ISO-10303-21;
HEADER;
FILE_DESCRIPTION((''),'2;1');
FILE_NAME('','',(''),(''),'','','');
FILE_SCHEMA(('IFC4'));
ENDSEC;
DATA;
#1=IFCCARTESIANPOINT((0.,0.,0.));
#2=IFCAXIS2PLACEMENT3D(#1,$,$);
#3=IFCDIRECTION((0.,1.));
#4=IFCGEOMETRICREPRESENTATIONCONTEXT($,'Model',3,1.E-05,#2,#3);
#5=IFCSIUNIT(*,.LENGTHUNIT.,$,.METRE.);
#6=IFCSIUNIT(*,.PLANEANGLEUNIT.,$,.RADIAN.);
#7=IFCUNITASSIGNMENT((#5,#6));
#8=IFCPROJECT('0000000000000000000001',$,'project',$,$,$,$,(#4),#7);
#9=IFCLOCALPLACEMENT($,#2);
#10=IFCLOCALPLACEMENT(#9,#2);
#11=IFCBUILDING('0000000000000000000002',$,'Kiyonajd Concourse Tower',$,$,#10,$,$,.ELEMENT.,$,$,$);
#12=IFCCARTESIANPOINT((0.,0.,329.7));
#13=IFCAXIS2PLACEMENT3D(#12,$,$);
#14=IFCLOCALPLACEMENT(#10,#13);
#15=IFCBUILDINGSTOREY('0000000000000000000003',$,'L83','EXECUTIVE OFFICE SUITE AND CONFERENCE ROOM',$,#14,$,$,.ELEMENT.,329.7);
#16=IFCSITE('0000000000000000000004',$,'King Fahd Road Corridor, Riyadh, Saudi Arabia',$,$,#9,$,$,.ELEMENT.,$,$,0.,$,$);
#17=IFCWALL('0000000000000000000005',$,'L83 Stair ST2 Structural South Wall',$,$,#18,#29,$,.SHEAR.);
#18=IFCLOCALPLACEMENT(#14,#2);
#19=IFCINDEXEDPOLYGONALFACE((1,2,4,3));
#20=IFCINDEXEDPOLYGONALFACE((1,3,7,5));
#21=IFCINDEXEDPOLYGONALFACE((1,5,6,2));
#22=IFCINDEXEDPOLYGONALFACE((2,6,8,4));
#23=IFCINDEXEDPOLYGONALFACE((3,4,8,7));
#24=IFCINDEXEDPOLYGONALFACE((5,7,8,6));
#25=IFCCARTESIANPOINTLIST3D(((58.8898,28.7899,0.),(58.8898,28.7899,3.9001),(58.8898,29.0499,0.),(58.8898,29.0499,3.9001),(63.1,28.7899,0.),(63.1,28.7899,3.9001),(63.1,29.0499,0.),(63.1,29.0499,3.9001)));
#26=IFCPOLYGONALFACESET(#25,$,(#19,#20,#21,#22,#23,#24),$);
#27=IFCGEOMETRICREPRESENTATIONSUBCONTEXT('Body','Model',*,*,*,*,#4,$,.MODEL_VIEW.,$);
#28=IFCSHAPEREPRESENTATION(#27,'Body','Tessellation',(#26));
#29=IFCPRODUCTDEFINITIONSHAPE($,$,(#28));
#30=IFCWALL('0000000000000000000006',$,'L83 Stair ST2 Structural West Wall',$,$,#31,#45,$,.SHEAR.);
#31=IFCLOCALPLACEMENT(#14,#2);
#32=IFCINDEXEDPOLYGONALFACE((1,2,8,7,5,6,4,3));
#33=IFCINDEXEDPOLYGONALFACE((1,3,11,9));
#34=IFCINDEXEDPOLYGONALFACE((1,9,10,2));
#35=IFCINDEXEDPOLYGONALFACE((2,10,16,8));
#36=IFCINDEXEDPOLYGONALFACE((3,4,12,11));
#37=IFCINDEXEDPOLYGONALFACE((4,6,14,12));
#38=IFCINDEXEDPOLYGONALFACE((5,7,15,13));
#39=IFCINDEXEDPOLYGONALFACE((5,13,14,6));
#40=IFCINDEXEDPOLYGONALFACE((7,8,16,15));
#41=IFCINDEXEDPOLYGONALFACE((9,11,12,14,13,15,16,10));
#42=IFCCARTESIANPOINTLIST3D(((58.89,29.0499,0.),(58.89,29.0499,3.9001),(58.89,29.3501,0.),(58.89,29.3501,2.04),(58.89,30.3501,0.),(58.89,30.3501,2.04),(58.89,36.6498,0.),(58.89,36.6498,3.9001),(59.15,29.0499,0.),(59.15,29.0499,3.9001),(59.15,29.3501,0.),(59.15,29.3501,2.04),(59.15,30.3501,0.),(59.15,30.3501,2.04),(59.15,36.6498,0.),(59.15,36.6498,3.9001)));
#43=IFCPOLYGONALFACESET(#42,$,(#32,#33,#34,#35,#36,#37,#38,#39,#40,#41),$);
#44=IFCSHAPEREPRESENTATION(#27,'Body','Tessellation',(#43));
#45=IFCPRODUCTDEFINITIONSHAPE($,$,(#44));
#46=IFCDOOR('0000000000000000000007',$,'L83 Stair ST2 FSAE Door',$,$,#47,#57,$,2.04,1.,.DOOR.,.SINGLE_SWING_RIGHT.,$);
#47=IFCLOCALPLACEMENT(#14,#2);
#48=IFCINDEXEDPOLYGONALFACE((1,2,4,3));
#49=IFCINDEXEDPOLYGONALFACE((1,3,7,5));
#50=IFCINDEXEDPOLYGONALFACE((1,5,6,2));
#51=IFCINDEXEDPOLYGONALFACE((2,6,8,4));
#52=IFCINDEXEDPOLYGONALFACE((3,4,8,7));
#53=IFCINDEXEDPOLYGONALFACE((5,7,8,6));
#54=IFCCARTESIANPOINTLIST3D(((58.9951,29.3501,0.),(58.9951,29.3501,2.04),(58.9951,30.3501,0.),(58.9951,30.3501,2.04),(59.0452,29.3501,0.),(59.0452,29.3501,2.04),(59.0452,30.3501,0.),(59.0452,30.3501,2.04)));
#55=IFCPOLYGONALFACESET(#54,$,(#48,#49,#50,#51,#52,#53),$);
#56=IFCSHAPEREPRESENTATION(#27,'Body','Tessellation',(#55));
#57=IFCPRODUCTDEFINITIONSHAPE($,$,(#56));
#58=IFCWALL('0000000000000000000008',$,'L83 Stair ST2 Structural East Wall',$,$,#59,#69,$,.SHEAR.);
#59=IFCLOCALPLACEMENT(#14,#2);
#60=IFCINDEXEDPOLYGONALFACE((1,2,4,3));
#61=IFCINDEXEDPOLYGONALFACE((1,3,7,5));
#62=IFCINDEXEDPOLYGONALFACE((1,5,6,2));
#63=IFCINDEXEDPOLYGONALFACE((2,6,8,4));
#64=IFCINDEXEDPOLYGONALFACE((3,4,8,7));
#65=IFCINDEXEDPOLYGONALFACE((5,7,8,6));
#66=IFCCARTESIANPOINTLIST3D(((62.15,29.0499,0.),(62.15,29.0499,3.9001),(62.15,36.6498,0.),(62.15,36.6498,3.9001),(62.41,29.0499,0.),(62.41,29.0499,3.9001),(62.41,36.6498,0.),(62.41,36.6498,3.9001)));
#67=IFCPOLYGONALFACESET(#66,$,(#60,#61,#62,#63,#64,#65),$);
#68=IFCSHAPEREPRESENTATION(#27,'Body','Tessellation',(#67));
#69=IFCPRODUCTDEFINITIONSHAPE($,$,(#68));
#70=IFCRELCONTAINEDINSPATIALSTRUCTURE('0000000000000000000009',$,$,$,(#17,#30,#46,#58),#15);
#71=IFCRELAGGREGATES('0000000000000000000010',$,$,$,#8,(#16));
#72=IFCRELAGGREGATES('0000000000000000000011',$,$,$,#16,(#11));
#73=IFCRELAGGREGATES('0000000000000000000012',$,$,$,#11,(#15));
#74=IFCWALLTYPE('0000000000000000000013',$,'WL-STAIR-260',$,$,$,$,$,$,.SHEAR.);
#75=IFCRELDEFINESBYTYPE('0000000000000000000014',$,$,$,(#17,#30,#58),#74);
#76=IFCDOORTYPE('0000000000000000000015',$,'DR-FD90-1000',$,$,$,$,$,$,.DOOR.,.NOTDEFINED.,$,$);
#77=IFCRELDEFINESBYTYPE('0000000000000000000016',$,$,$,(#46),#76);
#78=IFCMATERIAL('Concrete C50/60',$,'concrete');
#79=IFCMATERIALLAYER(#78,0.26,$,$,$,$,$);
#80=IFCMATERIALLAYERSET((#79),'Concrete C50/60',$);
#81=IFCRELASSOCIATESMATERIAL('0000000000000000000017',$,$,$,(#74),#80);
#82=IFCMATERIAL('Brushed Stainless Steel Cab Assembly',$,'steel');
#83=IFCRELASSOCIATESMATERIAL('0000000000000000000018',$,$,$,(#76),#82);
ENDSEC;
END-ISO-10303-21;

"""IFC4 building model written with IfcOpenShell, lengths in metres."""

from ifc_helpers import new_model, si_unit, direction, frame, frame_2d, origin, place, context, subcontext, project, spatial, rectangle, extrude, material, layer, layer_set, type_object, element, fill, save


model = new_model("IFC4")

# Units and contexts
model_context = context("Model", 3, precision=1e-05, world=origin(), true_north=direction((0.0, 1.0)))
body_context = subcontext(model_context, "Body", "Model", "MODEL_VIEW")
ifc_project = project(units=[si_unit("LENGTHUNIT", "METRE"), si_unit("PLANEANGLEUNIT", "RADIAN")], contexts=[model_context])

# Site, building, storey
site_placement = place(None, origin())
site = spatial("IfcSite", under=ifc_project, at=site_placement, Name="King Fahd Road Corridor, Riyadh, Saudi Arabia", CompositionType="ELEMENT", RefElevation=0.0)
building_placement = place(site_placement, origin())
building = spatial("IfcBuilding", under=site, at=building_placement, Name="Kiyonajd Concourse Tower", CompositionType="ELEMENT")
storey_placement = place(building_placement, frame((0.0, 0.0, 329.7)))
storey = spatial("IfcBuildingStorey", under=building, at=storey_placement, Name="L83", Description="EXECUTIVE OFFICE SUITE AND CONFERENCE ROOM", CompositionType="ELEMENT", Elevation=329.7)

# Wall
ifc_material_1 = material(Name="Concrete C50/60", Category="concrete")
ifc_layer_1 = layer(ifc_material_1, 0.26)
ifc_layer_set_1 = layer_set([ifc_layer_1], Name="Concrete C50/60")
wall_type_1 = type_object("IfcWallType", Name="WL-STAIR-260", PredefinedType="SHEAR", material=ifc_layer_set_1)
wall_1_placement = place(storey_placement, frame((58.8899, 28.9199, 0.0), z_axis=(0.0, 0.0, 1.0), x_axis=(1.0, 0.0, 0.0)))
element("IfcWall", 1, at=wall_1_placement, inside=storey, type_object=wall_type_1, Name="L83 Stair ST2 Structural South Wall", PredefinedType="SHEAR", context=body_context, shape_type="SweptSolid", body=[
    extrude(rectangle(XDim=4.2102, YDim=0.26, at=frame_2d((2.105, 0.0))), origin(), (0.0, 0.0, 1.0), 3.9001),
])

# Wall, opening, door
wall_2_placement = place(storey_placement, frame((59.02, 29.05, 0.0), z_axis=(0.0, 0.0, 1.0), x_axis=(0.0, 1.0, 0.0)))
wall_2 = element("IfcWall", 2, at=wall_2_placement, inside=storey, type_object=wall_type_1, Name="L83 Stair ST2 Structural West Wall", PredefinedType="SHEAR", context=body_context, shape_type="SweptSolid", body=[
    extrude(rectangle(XDim=7.5999, YDim=0.26, at=frame_2d((3.7998, 0.0))), origin(), (0.0, 0.0, 1.0), 3.9001),
])
opening_1_placement = place(wall_2_placement, frame((0.3, 0.0, 0.0)))
opening_1 = element("IfcOpeningElement", 3, at=opening_1_placement, cuts=wall_2, PredefinedType="OPENING", context=body_context, shape_type="SweptSolid", body=[
    extrude(rectangle(XDim=1.0, YDim=2.04, at=frame_2d((0.5, 1.02))), frame((0.0, 0.1399, 0.0), z_axis=(0.0, -1.0, 0.0), x_axis=(1.0, 0.0, 0.0)), (0.0, 0.0, 1.0), 0.28),
])
ifc_material_2 = material(Name="Brushed Stainless Steel Cab Assembly", Category="steel")
door_type_1 = type_object("IfcDoorType", Name="DR-FD90-1000", OperationType="NOTDEFINED", PredefinedType="DOOR", material=ifc_material_2)
door_1_placement = place(opening_1_placement, origin())
door_1 = element("IfcDoor", 4, at=door_1_placement, inside=storey, type_object=door_type_1, Name="L83 Stair ST2 FSAE Door", OperationType="SINGLE_SWING_RIGHT", OverallHeight=2.04, OverallWidth=1.0, PredefinedType="DOOR", context=body_context, shape_type="SweptSolid", body=[
    extrude(rectangle(XDim=1.0, YDim=2.04, at=frame_2d((0.5, 1.02))), frame((0.0, 0.0249, 0.0), z_axis=(0.0, -1.0, 0.0), x_axis=(1.0, 0.0, 0.0)), (0.0, 0.0, 1.0), 0.05),
])
fill(opening_1, door_1)

# Wall
wall_3_placement = place(storey_placement, frame((62.28, 29.05, 0.0), z_axis=(0.0, 0.0, 1.0), x_axis=(0.0, 1.0, 0.0)))
element("IfcWall", 5, at=wall_3_placement, inside=storey, type_object=wall_type_1, Name="L83 Stair ST2 Structural East Wall", PredefinedType="SHEAR", context=body_context, shape_type="SweptSolid", body=[
    extrude(rectangle(XDim=7.5999, YDim=0.26, at=frame_2d((3.7998, 0.0))), origin(), (0.0, 0.0, 1.0), 3.9001),
])

save(model, "model.ifc")
